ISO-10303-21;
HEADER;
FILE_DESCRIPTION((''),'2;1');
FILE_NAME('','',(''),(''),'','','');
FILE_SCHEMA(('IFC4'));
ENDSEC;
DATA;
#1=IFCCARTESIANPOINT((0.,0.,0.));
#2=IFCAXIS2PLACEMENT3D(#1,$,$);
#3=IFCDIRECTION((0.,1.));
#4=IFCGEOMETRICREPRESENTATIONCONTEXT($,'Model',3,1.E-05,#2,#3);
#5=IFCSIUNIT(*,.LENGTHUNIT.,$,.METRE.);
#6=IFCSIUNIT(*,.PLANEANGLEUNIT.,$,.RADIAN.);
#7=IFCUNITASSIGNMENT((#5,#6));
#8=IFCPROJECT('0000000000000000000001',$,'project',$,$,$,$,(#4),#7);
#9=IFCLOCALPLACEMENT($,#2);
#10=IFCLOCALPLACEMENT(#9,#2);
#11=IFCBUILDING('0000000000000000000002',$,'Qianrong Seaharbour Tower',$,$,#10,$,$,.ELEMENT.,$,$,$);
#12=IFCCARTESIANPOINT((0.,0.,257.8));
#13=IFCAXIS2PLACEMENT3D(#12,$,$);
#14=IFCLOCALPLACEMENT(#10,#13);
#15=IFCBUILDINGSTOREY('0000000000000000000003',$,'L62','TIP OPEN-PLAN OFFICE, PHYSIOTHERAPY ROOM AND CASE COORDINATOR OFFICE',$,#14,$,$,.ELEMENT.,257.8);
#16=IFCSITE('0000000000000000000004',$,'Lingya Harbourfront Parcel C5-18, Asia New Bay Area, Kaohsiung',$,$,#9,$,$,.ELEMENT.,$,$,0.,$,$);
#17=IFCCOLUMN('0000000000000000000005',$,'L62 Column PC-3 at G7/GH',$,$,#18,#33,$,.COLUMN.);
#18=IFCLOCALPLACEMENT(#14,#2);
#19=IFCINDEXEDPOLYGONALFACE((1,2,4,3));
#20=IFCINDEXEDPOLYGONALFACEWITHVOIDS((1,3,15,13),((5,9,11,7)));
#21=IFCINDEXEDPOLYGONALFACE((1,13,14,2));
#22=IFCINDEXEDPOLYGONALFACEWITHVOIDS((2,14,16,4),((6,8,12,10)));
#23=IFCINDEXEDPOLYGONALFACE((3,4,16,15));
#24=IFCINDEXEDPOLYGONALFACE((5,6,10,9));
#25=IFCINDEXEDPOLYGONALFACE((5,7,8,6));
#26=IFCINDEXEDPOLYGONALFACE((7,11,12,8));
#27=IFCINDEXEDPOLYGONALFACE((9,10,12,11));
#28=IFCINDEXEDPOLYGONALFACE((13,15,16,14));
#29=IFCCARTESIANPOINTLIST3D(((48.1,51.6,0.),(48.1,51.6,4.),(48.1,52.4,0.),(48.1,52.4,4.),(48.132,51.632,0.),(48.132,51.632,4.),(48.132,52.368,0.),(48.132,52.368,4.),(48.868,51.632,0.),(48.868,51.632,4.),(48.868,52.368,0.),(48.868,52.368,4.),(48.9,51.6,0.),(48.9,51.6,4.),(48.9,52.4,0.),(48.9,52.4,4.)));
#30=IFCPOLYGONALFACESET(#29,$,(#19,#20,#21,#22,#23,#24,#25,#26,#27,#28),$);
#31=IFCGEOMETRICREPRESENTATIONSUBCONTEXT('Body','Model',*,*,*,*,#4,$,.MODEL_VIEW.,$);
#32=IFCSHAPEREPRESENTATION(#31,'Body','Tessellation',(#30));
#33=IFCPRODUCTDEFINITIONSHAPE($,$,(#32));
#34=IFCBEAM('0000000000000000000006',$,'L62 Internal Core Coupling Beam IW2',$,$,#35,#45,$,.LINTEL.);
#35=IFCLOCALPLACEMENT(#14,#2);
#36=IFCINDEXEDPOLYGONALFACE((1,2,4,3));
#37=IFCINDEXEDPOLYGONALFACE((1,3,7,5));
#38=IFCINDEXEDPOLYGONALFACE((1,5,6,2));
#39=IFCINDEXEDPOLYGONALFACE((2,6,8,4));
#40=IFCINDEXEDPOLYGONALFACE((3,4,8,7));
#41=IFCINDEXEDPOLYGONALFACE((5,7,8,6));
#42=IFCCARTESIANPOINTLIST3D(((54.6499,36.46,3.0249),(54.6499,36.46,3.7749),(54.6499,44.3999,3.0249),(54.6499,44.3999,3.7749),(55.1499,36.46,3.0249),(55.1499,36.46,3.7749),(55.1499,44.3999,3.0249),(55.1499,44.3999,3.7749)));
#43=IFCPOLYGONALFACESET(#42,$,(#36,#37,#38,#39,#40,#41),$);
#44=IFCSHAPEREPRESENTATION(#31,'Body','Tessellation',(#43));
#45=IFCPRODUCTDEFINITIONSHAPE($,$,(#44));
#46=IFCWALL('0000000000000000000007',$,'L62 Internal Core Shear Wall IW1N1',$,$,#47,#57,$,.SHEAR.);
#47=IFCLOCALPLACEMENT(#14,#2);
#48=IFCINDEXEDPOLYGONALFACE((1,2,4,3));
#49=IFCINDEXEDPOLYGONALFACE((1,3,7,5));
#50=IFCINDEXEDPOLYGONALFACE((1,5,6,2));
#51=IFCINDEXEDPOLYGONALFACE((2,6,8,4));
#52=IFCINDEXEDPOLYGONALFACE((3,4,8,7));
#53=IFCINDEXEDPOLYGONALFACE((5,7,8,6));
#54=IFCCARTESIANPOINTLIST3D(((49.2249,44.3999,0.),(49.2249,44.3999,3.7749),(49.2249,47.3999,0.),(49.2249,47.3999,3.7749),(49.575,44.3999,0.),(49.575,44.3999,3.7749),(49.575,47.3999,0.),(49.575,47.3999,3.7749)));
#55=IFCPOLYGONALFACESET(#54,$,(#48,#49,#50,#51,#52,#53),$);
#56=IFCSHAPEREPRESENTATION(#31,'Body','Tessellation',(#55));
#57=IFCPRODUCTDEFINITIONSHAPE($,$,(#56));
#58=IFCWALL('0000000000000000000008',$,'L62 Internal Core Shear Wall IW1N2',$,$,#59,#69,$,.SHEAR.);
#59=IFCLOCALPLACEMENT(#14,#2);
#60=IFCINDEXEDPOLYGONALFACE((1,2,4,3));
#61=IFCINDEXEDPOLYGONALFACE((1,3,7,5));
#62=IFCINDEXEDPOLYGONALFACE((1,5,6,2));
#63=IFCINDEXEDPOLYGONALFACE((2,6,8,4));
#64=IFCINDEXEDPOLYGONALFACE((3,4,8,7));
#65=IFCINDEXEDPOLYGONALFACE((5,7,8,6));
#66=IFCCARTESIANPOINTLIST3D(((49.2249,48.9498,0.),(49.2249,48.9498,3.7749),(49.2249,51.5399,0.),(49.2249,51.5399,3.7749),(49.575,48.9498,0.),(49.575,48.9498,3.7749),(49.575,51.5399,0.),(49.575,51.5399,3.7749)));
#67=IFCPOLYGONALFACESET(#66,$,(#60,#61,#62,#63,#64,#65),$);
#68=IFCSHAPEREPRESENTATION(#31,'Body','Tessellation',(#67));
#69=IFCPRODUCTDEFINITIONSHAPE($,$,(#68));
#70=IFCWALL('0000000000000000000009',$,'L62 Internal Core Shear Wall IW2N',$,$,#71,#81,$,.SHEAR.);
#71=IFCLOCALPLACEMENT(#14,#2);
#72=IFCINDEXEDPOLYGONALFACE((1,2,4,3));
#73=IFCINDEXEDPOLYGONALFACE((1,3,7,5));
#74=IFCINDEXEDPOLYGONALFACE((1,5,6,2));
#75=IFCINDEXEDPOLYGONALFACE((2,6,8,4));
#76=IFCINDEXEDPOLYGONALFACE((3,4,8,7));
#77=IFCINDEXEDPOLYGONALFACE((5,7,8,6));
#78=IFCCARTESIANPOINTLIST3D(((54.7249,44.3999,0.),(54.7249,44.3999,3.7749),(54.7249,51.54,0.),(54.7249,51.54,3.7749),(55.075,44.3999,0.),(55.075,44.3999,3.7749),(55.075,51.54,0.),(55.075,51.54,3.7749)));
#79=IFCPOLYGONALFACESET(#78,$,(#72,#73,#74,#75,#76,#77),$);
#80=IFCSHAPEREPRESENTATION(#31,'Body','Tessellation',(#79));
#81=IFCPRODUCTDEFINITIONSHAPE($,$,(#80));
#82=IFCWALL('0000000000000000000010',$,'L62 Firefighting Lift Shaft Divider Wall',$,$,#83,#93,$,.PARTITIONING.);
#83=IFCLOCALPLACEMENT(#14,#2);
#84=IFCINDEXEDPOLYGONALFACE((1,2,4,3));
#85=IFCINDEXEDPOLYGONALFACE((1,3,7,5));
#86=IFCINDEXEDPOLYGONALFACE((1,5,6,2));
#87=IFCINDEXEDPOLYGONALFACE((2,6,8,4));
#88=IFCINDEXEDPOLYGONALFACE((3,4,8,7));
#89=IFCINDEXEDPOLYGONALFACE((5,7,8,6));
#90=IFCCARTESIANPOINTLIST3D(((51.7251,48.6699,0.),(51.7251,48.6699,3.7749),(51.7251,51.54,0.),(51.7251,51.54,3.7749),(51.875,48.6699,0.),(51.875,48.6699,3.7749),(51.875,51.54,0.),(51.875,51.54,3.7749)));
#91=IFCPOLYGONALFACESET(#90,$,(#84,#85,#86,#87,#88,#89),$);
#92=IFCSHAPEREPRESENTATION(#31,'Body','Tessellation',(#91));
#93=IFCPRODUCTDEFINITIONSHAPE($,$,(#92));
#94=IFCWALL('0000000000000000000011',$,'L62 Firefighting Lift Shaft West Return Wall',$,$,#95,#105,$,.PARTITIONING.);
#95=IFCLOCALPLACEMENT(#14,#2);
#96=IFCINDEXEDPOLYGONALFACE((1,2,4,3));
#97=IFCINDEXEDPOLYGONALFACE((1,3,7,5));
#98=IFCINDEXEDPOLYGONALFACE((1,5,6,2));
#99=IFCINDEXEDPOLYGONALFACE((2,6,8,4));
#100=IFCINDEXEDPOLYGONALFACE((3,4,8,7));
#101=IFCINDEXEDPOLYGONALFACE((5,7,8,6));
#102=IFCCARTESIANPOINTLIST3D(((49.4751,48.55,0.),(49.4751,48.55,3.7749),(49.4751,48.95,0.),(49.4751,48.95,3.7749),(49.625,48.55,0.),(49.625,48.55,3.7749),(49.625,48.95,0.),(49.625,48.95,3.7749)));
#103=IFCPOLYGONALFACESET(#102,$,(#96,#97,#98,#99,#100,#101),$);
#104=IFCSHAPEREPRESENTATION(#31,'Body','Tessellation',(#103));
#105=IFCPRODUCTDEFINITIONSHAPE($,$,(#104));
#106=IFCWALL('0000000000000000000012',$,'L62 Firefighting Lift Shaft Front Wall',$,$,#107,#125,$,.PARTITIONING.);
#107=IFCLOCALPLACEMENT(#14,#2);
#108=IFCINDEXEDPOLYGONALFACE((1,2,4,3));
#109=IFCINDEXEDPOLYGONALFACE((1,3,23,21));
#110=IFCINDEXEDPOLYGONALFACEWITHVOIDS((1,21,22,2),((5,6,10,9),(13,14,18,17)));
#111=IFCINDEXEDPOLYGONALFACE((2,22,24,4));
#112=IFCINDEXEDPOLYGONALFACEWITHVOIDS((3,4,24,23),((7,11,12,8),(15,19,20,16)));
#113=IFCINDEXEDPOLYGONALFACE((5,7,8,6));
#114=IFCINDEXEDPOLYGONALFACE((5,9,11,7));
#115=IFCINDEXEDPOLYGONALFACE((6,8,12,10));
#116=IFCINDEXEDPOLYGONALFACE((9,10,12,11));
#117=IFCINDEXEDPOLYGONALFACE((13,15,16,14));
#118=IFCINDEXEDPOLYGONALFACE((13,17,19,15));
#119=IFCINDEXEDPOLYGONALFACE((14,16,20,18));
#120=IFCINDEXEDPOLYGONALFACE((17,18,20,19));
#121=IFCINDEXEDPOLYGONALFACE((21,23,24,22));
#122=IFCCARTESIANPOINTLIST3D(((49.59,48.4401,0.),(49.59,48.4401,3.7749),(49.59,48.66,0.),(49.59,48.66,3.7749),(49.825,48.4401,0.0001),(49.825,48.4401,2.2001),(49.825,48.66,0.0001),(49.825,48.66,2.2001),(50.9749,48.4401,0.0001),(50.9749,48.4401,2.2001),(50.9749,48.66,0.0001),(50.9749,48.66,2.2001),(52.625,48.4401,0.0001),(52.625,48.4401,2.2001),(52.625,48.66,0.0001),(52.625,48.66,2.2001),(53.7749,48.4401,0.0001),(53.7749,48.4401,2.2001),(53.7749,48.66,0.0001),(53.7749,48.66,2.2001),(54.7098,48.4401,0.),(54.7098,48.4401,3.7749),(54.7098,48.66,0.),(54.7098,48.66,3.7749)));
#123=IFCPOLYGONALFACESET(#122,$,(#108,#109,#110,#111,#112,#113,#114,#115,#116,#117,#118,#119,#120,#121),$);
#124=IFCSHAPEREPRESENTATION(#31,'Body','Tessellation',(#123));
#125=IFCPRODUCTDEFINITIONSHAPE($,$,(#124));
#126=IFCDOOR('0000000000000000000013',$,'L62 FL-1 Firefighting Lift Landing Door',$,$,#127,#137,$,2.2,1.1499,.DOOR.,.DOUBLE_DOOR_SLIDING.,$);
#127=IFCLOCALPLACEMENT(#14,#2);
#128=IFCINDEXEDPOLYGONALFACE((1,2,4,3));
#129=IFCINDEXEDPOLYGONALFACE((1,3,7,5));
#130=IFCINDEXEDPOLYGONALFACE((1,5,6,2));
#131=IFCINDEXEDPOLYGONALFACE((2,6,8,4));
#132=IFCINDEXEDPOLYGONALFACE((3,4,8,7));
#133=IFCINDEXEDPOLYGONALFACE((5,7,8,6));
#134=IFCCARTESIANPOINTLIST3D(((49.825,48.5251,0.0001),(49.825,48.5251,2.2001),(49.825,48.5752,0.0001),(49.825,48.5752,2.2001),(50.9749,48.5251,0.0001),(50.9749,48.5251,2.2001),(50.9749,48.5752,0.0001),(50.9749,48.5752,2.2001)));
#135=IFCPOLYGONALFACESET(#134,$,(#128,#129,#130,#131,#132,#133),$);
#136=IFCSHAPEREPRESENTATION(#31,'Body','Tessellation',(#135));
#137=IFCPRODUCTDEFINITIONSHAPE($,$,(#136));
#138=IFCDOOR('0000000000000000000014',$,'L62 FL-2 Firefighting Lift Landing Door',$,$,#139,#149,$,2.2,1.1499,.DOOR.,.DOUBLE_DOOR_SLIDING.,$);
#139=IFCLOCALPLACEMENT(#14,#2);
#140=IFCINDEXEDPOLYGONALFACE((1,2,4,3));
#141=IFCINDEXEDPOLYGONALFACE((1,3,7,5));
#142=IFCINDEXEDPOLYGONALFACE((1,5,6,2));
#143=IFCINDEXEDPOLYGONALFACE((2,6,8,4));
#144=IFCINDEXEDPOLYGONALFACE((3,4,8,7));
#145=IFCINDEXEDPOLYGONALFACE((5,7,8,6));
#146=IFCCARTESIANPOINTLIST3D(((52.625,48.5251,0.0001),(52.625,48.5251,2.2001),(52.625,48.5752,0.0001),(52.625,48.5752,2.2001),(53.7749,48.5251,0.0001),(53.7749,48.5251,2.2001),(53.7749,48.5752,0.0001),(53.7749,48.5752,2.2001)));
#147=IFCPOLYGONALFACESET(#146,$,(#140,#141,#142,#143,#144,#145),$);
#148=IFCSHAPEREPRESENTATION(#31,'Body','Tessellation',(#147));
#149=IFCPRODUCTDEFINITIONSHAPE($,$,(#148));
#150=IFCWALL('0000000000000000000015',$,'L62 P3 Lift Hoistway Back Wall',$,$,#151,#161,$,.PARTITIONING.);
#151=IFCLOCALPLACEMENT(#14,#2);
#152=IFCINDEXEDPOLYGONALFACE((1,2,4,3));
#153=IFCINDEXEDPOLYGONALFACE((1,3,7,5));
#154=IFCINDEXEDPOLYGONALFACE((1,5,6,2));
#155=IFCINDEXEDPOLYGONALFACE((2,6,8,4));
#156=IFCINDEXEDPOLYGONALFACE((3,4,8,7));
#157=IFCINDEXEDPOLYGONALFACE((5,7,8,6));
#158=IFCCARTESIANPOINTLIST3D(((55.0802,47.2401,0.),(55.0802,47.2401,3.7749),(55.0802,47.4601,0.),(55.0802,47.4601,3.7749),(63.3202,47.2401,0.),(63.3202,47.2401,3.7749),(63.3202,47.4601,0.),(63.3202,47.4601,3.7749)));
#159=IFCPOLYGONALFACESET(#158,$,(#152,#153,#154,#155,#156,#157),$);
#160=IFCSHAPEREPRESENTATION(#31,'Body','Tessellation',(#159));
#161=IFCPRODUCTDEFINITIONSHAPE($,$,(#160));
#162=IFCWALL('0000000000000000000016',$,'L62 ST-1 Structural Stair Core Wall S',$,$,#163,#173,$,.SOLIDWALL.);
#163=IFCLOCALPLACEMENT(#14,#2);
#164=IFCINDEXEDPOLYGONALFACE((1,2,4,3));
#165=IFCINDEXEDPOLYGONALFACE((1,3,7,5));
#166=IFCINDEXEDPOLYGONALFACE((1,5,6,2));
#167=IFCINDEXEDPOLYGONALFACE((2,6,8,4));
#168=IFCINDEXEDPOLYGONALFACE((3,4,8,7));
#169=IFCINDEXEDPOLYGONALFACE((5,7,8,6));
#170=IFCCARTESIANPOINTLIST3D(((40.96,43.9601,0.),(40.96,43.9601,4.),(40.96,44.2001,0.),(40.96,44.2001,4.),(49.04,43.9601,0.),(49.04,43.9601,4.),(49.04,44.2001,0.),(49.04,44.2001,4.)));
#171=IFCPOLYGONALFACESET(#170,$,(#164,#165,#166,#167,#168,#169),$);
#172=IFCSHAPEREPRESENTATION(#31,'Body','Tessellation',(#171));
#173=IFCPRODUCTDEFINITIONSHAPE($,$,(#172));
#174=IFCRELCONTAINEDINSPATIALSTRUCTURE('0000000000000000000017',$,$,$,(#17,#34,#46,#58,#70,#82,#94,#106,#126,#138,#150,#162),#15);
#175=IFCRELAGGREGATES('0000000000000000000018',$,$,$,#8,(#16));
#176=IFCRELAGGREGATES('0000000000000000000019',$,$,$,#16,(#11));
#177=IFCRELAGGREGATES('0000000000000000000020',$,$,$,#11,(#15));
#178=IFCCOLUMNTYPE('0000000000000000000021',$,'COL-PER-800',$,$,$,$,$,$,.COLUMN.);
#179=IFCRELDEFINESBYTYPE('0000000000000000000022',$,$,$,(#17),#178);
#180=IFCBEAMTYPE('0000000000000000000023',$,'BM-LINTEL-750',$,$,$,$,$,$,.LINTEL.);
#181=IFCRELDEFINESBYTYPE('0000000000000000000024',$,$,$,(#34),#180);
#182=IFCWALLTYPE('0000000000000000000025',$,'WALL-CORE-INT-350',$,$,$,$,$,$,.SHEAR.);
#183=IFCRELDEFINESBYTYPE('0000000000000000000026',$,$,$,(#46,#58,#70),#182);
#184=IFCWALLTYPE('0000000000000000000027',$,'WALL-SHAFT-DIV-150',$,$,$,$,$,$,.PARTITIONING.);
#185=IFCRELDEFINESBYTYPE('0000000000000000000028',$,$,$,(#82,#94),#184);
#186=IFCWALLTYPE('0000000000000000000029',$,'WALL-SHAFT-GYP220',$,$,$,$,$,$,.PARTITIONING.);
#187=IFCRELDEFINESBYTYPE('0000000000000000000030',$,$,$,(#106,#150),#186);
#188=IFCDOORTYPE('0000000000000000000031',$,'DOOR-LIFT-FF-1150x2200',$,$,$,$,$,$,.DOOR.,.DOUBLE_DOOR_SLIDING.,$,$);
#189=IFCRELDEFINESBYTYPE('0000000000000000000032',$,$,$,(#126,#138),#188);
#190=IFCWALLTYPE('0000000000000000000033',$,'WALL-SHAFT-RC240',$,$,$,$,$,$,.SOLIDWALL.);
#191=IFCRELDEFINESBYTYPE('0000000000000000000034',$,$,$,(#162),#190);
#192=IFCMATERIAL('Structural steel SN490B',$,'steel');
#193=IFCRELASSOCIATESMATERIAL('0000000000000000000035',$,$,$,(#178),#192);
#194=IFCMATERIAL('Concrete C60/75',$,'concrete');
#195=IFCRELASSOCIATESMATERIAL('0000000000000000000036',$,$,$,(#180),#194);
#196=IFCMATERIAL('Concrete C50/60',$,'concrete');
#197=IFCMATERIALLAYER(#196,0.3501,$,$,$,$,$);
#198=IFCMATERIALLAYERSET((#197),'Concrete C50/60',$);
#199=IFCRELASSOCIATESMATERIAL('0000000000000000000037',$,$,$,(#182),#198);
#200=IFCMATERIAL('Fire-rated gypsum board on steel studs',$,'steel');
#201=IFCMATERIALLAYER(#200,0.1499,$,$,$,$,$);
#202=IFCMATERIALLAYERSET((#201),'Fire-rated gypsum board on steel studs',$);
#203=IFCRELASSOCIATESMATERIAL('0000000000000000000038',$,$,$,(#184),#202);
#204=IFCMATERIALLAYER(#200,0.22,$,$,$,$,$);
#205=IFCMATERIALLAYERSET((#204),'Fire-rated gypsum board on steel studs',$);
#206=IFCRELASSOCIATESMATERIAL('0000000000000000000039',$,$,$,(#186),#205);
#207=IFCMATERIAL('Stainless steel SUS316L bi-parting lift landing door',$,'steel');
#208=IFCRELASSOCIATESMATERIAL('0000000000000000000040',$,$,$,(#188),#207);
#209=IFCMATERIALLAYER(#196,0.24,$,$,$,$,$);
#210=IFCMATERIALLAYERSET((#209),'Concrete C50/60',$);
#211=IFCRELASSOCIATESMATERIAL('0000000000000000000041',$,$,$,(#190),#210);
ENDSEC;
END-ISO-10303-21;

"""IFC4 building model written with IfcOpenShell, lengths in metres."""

from ifc_helpers import new_model, si_unit, direction, frame, frame_2d, origin, origin_2d, place, context, subcontext, project, spatial, rectangle, hollow_rectangle, extrude, material, layer, layer_set, material_profile, profile_set, type_object, element, fill, save


model = new_model("IFC4")

# Units and contexts
model_context = context("Model", 3, precision=1e-05, world=origin(), true_north=direction((0.0, 1.0)))
body_context = subcontext(model_context, "Body", "Model", "MODEL_VIEW")
ifc_project = project(units=[si_unit("LENGTHUNIT", "METRE"), si_unit("PLANEANGLEUNIT", "RADIAN")], contexts=[model_context])

# Site, building, storey
site_placement = place(None, origin())
site = spatial("IfcSite", under=ifc_project, at=site_placement, Name="Lingya Harbourfront Parcel C5-18, Asia New Bay Area, Kaohsiung", CompositionType="ELEMENT", RefElevation=0.0)
building_placement = place(site_placement, origin())
building = spatial("IfcBuilding", under=site, at=building_placement, Name="Qianrong Seaharbour Tower", CompositionType="ELEMENT")
storey_placement = place(building_placement, frame((0.0, 0.0, 257.8)))
storey = spatial("IfcBuildingStorey", under=building, at=storey_placement, Name="L62", Description="TIP OPEN-PLAN OFFICE, PHYSIOTHERAPY ROOM AND CASE COORDINATOR OFFICE", CompositionType="ELEMENT", Elevation=257.8)

# Column
ifc_material_1 = material(Name="Structural steel SN490B", Category="steel")
ifc_material_profile_1 = material_profile(ifc_material_1, hollow_rectangle(XDim=0.8, YDim=0.8, WallThickness=0.032, at=origin_2d()), Name="BOX800x800x32")
ifc_profile_set_1 = profile_set([ifc_material_profile_1], Name="Structural steel SN490B")
column_type = type_object("IfcColumnType", Name="COL-PER-800", PredefinedType="COLUMN", material=ifc_profile_set_1)
column_placement = place(storey_placement, frame((48.5, 52.0, 0.0), z_axis=(0.0, 0.0, 1.0), x_axis=(1.0, 0.0, 0.0)))
element("IfcColumn", 1, at=column_placement, inside=storey, type_object=column_type, Name="L62 Column PC-3 at G7/GH", PredefinedType="COLUMN", context=body_context, shape_type="SweptSolid", body=[
    extrude(hollow_rectangle(XDim=0.8, YDim=0.8, WallThickness=0.032, at=origin_2d()), origin(), (0.0, 0.0, 1.0), 4.0),
])

# Beam
ifc_material_2 = material(Name="Concrete C60/75", Category="concrete")
ifc_material_profile_2 = material_profile(ifc_material_2, rectangle(XDim=0.5, YDim=0.75, at=origin_2d()), Name="RC500x750")
ifc_profile_set_2 = profile_set([ifc_material_profile_2], Name="Concrete C60/75")
beam_type = type_object("IfcBeamType", Name="BM-LINTEL-750", PredefinedType="LINTEL", material=ifc_profile_set_2)
beam_placement = place(storey_placement, frame((54.8999, 36.46, 3.3999), z_axis=(0.0, 1.0, 0.0), x_axis=(-1.0, 0.0, 0.0)))
element("IfcBeam", 2, at=beam_placement, inside=storey, type_object=beam_type, Name="L62 Internal Core Coupling Beam IW2", PredefinedType="LINTEL", context=body_context, shape_type="SweptSolid", body=[
    extrude(rectangle(XDim=0.5, YDim=0.75, at=origin_2d()), origin(), (0.0, 0.0, 1.0), 7.9399),
])

# Walls
ifc_material_3 = material(Name="Concrete C50/60", Category="concrete")
ifc_layer_1 = layer(ifc_material_3, 0.3501)
ifc_layer_set_1 = layer_set([ifc_layer_1], Name="Concrete C50/60")
wall_type_1 = type_object("IfcWallType", Name="WALL-CORE-INT-350", PredefinedType="SHEAR", material=ifc_layer_set_1)
wall_1_placement = place(storey_placement, frame((49.3999, 44.3999, 0.0), z_axis=(0.0, 0.0, 1.0), x_axis=(0.0, 1.0, 0.0)))
element("IfcWall", 3, at=wall_1_placement, inside=storey, type_object=wall_type_1, Name="L62 Internal Core Shear Wall IW1N1", PredefinedType="SHEAR", context=body_context, shape_type="SweptSolid", body=[
    extrude(rectangle(XDim=3.0, YDim=0.3501, at=frame_2d((1.5, 0.0))), origin(), (0.0, 0.0, 1.0), 3.7749),
])
wall_2_placement = place(storey_placement, frame((49.3999, 48.95, 0.0), z_axis=(0.0, 0.0, 1.0), x_axis=(0.0, 1.0, 0.0)))
element("IfcWall", 4, at=wall_2_placement, inside=storey, type_object=wall_type_1, Name="L62 Internal Core Shear Wall IW1N2", PredefinedType="SHEAR", context=body_context, shape_type="SweptSolid", body=[
    extrude(rectangle(XDim=2.5901, YDim=0.3501, at=frame_2d((1.2949, 0.0))), origin(), (0.0, 0.0, 1.0), 3.7749),
])
wall_3_placement = place(storey_placement, frame((54.8999, 44.3999, 0.0), z_axis=(0.0, 0.0, 1.0), x_axis=(0.0, 1.0, 0.0)))
element("IfcWall", 5, at=wall_3_placement, inside=storey, type_object=wall_type_1, Name="L62 Internal Core Shear Wall IW2N", PredefinedType="SHEAR", context=body_context, shape_type="SweptSolid", body=[
    extrude(rectangle(XDim=7.1401, YDim=0.3501, at=frame_2d((3.5701, 0.0))), origin(), (0.0, 0.0, 1.0), 3.7749),
])

# Walls
ifc_material_4 = material(Name="Fire-rated gypsum board on steel studs", Category="steel")
ifc_layer_2 = layer(ifc_material_4, 0.1499)
ifc_layer_set_2 = layer_set([ifc_layer_2], Name="Fire-rated gypsum board on steel studs")
wall_type_2 = type_object("IfcWallType", Name="WALL-SHAFT-DIV-150", PredefinedType="PARTITIONING", material=ifc_layer_set_2)
wall_4_placement = place(storey_placement, frame((51.8, 48.6699, 0.0), z_axis=(0.0, 0.0, 1.0), x_axis=(0.0, 1.0, 0.0)))
element("IfcWall", 6, at=wall_4_placement, inside=storey, type_object=wall_type_2, Name="L62 Firefighting Lift Shaft Divider Wall", PredefinedType="PARTITIONING", context=body_context, shape_type="SweptSolid", body=[
    extrude(rectangle(XDim=2.8701, YDim=0.1499, at=frame_2d((1.4351, 0.0))), origin(), (0.0, 0.0, 1.0), 3.7749),
])
wall_5_placement = place(storey_placement, frame((49.55, 48.55, 0.0), z_axis=(0.0, 0.0, 1.0), x_axis=(0.0, 1.0, 0.0)))
element("IfcWall", 7, at=wall_5_placement, inside=storey, type_object=wall_type_2, Name="L62 Firefighting Lift Shaft West Return Wall", PredefinedType="PARTITIONING", context=body_context, shape_type="SweptSolid", body=[
    extrude(rectangle(XDim=0.3999, YDim=0.1499, at=frame_2d((0.2, 0.0))), origin(), (0.0, 0.0, 1.0), 3.7749),
])

# Wall, openings, doors
ifc_layer_3 = layer(ifc_material_4, 0.22)
ifc_layer_set_3 = layer_set([ifc_layer_3], Name="Fire-rated gypsum board on steel studs")
wall_type_3 = type_object("IfcWallType", Name="WALL-SHAFT-GYP220", PredefinedType="PARTITIONING", material=ifc_layer_set_3)
wall_6_placement = place(storey_placement, frame((54.71, 48.55, 0.0), z_axis=(0.0, 0.0, 1.0), x_axis=(-1.0, 0.0, 0.0)))
wall_6 = element("IfcWall", 8, at=wall_6_placement, inside=storey, type_object=wall_type_3, Name="L62 Firefighting Lift Shaft Front Wall", PredefinedType="PARTITIONING", context=body_context, shape_type="SweptSolid", body=[
    extrude(rectangle(XDim=5.1199, YDim=0.22, at=frame_2d((2.5601, 0.0))), origin(), (0.0, 0.0, 1.0), 3.7749),
])
opening_1_placement = place(wall_6_placement, frame((3.7351, 0.0, 0.0)))
opening_1 = element("IfcOpeningElement", 9, at=opening_1_placement, cuts=wall_6, PredefinedType="OPENING", context=body_context, shape_type="SweptSolid", body=[
    extrude(rectangle(XDim=1.1499, YDim=2.2, at=frame_2d((0.575, 1.1001))), frame((0.0, 0.1201, 0.0), z_axis=(0.0, -1.0, 0.0), x_axis=(1.0, 0.0, 0.0)), (0.0, 0.0, 1.0), 0.24),
])
opening_2_placement = place(wall_6_placement, frame((0.9351, 0.0, 0.0)))
opening_2 = element("IfcOpeningElement", 10, at=opening_2_placement, cuts=wall_6, PredefinedType="OPENING", context=body_context, shape_type="SweptSolid", body=[
    extrude(rectangle(XDim=1.1499, YDim=2.2, at=frame_2d((0.575, 1.1001))), frame((0.0, 0.1201, 0.0), z_axis=(0.0, -1.0, 0.0), x_axis=(1.0, 0.0, 0.0)), (0.0, 0.0, 1.0), 0.24),
])
ifc_material_5 = material(Name="Stainless steel SUS316L bi-parting lift landing door", Category="steel")
door_type_1 = type_object("IfcDoorType", Name="DOOR-LIFT-FF-1150x2200", OperationType="DOUBLE_DOOR_SLIDING", PredefinedType="DOOR", material=ifc_material_5)
door_1_placement = place(opening_1_placement, origin())
door_1 = element("IfcDoor", 11, at=door_1_placement, inside=storey, type_object=door_type_1, Name="L62 FL-1 Firefighting Lift Landing Door", OperationType="DOUBLE_DOOR_SLIDING", OverallHeight=2.2, OverallWidth=1.1499, PredefinedType="DOOR", context=body_context, shape_type="SweptSolid", body=[
    extrude(rectangle(XDim=1.1499, YDim=2.2, at=frame_2d((0.575, 1.1001))), frame((0.0, 0.0249, 0.0), z_axis=(0.0, -1.0, 0.0), x_axis=(1.0, 0.0, 0.0)), (0.0, 0.0, 1.0), 0.05),
])
fill(opening_1, door_1)
door_2_placement = place(opening_2_placement, origin())
door_2 = element("IfcDoor", 12, at=door_2_placement, inside=storey, type_object=door_type_1, Name="L62 FL-2 Firefighting Lift Landing Door", OperationType="DOUBLE_DOOR_SLIDING", OverallHeight=2.2, OverallWidth=1.1499, PredefinedType="DOOR", context=body_context, shape_type="SweptSolid", body=[
    extrude(rectangle(XDim=1.1499, YDim=2.2, at=frame_2d((0.575, 1.1001))), frame((0.0, 0.0249, 0.0), z_axis=(0.0, -1.0, 0.0), x_axis=(1.0, 0.0, 0.0)), (0.0, 0.0, 1.0), 0.05),
])
fill(opening_2, door_2)

# Walls
wall_7_placement = place(storey_placement, frame((55.0801, 47.3501, 0.0), z_axis=(0.0, 0.0, 1.0), x_axis=(1.0, 0.0, 0.0)))
element("IfcWall", 13, at=wall_7_placement, inside=storey, type_object=wall_type_3, Name="L62 P3 Lift Hoistway Back Wall", PredefinedType="PARTITIONING", context=body_context, shape_type="SweptSolid", body=[
    extrude(rectangle(XDim=8.24, YDim=0.22, at=frame_2d((4.1201, 0.0))), origin(), (0.0, 0.0, 1.0), 3.7749),
])
ifc_layer_4 = layer(ifc_material_3, 0.24)
ifc_layer_set_4 = layer_set([ifc_layer_4], Name="Concrete C50/60")
wall_type_4 = type_object("IfcWallType", Name="WALL-SHAFT-RC240", PredefinedType="SOLIDWALL", material=ifc_layer_set_4)
wall_8_placement = place(storey_placement, frame((49.04, 44.0801, 0.0), z_axis=(0.0, 0.0, 1.0), x_axis=(-1.0, 0.0, 0.0)))
element("IfcWall", 14, at=wall_8_placement, inside=storey, type_object=wall_type_4, Name="L62 ST-1 Structural Stair Core Wall S", PredefinedType="SOLIDWALL", context=body_context, shape_type="SweptSolid", body=[
    extrude(rectangle(XDim=8.0801, YDim=0.24, at=frame_2d((4.04, 0.0))), origin(), (0.0, 0.0, 1.0), 4.0),
])

save(model, "model.ifc")
